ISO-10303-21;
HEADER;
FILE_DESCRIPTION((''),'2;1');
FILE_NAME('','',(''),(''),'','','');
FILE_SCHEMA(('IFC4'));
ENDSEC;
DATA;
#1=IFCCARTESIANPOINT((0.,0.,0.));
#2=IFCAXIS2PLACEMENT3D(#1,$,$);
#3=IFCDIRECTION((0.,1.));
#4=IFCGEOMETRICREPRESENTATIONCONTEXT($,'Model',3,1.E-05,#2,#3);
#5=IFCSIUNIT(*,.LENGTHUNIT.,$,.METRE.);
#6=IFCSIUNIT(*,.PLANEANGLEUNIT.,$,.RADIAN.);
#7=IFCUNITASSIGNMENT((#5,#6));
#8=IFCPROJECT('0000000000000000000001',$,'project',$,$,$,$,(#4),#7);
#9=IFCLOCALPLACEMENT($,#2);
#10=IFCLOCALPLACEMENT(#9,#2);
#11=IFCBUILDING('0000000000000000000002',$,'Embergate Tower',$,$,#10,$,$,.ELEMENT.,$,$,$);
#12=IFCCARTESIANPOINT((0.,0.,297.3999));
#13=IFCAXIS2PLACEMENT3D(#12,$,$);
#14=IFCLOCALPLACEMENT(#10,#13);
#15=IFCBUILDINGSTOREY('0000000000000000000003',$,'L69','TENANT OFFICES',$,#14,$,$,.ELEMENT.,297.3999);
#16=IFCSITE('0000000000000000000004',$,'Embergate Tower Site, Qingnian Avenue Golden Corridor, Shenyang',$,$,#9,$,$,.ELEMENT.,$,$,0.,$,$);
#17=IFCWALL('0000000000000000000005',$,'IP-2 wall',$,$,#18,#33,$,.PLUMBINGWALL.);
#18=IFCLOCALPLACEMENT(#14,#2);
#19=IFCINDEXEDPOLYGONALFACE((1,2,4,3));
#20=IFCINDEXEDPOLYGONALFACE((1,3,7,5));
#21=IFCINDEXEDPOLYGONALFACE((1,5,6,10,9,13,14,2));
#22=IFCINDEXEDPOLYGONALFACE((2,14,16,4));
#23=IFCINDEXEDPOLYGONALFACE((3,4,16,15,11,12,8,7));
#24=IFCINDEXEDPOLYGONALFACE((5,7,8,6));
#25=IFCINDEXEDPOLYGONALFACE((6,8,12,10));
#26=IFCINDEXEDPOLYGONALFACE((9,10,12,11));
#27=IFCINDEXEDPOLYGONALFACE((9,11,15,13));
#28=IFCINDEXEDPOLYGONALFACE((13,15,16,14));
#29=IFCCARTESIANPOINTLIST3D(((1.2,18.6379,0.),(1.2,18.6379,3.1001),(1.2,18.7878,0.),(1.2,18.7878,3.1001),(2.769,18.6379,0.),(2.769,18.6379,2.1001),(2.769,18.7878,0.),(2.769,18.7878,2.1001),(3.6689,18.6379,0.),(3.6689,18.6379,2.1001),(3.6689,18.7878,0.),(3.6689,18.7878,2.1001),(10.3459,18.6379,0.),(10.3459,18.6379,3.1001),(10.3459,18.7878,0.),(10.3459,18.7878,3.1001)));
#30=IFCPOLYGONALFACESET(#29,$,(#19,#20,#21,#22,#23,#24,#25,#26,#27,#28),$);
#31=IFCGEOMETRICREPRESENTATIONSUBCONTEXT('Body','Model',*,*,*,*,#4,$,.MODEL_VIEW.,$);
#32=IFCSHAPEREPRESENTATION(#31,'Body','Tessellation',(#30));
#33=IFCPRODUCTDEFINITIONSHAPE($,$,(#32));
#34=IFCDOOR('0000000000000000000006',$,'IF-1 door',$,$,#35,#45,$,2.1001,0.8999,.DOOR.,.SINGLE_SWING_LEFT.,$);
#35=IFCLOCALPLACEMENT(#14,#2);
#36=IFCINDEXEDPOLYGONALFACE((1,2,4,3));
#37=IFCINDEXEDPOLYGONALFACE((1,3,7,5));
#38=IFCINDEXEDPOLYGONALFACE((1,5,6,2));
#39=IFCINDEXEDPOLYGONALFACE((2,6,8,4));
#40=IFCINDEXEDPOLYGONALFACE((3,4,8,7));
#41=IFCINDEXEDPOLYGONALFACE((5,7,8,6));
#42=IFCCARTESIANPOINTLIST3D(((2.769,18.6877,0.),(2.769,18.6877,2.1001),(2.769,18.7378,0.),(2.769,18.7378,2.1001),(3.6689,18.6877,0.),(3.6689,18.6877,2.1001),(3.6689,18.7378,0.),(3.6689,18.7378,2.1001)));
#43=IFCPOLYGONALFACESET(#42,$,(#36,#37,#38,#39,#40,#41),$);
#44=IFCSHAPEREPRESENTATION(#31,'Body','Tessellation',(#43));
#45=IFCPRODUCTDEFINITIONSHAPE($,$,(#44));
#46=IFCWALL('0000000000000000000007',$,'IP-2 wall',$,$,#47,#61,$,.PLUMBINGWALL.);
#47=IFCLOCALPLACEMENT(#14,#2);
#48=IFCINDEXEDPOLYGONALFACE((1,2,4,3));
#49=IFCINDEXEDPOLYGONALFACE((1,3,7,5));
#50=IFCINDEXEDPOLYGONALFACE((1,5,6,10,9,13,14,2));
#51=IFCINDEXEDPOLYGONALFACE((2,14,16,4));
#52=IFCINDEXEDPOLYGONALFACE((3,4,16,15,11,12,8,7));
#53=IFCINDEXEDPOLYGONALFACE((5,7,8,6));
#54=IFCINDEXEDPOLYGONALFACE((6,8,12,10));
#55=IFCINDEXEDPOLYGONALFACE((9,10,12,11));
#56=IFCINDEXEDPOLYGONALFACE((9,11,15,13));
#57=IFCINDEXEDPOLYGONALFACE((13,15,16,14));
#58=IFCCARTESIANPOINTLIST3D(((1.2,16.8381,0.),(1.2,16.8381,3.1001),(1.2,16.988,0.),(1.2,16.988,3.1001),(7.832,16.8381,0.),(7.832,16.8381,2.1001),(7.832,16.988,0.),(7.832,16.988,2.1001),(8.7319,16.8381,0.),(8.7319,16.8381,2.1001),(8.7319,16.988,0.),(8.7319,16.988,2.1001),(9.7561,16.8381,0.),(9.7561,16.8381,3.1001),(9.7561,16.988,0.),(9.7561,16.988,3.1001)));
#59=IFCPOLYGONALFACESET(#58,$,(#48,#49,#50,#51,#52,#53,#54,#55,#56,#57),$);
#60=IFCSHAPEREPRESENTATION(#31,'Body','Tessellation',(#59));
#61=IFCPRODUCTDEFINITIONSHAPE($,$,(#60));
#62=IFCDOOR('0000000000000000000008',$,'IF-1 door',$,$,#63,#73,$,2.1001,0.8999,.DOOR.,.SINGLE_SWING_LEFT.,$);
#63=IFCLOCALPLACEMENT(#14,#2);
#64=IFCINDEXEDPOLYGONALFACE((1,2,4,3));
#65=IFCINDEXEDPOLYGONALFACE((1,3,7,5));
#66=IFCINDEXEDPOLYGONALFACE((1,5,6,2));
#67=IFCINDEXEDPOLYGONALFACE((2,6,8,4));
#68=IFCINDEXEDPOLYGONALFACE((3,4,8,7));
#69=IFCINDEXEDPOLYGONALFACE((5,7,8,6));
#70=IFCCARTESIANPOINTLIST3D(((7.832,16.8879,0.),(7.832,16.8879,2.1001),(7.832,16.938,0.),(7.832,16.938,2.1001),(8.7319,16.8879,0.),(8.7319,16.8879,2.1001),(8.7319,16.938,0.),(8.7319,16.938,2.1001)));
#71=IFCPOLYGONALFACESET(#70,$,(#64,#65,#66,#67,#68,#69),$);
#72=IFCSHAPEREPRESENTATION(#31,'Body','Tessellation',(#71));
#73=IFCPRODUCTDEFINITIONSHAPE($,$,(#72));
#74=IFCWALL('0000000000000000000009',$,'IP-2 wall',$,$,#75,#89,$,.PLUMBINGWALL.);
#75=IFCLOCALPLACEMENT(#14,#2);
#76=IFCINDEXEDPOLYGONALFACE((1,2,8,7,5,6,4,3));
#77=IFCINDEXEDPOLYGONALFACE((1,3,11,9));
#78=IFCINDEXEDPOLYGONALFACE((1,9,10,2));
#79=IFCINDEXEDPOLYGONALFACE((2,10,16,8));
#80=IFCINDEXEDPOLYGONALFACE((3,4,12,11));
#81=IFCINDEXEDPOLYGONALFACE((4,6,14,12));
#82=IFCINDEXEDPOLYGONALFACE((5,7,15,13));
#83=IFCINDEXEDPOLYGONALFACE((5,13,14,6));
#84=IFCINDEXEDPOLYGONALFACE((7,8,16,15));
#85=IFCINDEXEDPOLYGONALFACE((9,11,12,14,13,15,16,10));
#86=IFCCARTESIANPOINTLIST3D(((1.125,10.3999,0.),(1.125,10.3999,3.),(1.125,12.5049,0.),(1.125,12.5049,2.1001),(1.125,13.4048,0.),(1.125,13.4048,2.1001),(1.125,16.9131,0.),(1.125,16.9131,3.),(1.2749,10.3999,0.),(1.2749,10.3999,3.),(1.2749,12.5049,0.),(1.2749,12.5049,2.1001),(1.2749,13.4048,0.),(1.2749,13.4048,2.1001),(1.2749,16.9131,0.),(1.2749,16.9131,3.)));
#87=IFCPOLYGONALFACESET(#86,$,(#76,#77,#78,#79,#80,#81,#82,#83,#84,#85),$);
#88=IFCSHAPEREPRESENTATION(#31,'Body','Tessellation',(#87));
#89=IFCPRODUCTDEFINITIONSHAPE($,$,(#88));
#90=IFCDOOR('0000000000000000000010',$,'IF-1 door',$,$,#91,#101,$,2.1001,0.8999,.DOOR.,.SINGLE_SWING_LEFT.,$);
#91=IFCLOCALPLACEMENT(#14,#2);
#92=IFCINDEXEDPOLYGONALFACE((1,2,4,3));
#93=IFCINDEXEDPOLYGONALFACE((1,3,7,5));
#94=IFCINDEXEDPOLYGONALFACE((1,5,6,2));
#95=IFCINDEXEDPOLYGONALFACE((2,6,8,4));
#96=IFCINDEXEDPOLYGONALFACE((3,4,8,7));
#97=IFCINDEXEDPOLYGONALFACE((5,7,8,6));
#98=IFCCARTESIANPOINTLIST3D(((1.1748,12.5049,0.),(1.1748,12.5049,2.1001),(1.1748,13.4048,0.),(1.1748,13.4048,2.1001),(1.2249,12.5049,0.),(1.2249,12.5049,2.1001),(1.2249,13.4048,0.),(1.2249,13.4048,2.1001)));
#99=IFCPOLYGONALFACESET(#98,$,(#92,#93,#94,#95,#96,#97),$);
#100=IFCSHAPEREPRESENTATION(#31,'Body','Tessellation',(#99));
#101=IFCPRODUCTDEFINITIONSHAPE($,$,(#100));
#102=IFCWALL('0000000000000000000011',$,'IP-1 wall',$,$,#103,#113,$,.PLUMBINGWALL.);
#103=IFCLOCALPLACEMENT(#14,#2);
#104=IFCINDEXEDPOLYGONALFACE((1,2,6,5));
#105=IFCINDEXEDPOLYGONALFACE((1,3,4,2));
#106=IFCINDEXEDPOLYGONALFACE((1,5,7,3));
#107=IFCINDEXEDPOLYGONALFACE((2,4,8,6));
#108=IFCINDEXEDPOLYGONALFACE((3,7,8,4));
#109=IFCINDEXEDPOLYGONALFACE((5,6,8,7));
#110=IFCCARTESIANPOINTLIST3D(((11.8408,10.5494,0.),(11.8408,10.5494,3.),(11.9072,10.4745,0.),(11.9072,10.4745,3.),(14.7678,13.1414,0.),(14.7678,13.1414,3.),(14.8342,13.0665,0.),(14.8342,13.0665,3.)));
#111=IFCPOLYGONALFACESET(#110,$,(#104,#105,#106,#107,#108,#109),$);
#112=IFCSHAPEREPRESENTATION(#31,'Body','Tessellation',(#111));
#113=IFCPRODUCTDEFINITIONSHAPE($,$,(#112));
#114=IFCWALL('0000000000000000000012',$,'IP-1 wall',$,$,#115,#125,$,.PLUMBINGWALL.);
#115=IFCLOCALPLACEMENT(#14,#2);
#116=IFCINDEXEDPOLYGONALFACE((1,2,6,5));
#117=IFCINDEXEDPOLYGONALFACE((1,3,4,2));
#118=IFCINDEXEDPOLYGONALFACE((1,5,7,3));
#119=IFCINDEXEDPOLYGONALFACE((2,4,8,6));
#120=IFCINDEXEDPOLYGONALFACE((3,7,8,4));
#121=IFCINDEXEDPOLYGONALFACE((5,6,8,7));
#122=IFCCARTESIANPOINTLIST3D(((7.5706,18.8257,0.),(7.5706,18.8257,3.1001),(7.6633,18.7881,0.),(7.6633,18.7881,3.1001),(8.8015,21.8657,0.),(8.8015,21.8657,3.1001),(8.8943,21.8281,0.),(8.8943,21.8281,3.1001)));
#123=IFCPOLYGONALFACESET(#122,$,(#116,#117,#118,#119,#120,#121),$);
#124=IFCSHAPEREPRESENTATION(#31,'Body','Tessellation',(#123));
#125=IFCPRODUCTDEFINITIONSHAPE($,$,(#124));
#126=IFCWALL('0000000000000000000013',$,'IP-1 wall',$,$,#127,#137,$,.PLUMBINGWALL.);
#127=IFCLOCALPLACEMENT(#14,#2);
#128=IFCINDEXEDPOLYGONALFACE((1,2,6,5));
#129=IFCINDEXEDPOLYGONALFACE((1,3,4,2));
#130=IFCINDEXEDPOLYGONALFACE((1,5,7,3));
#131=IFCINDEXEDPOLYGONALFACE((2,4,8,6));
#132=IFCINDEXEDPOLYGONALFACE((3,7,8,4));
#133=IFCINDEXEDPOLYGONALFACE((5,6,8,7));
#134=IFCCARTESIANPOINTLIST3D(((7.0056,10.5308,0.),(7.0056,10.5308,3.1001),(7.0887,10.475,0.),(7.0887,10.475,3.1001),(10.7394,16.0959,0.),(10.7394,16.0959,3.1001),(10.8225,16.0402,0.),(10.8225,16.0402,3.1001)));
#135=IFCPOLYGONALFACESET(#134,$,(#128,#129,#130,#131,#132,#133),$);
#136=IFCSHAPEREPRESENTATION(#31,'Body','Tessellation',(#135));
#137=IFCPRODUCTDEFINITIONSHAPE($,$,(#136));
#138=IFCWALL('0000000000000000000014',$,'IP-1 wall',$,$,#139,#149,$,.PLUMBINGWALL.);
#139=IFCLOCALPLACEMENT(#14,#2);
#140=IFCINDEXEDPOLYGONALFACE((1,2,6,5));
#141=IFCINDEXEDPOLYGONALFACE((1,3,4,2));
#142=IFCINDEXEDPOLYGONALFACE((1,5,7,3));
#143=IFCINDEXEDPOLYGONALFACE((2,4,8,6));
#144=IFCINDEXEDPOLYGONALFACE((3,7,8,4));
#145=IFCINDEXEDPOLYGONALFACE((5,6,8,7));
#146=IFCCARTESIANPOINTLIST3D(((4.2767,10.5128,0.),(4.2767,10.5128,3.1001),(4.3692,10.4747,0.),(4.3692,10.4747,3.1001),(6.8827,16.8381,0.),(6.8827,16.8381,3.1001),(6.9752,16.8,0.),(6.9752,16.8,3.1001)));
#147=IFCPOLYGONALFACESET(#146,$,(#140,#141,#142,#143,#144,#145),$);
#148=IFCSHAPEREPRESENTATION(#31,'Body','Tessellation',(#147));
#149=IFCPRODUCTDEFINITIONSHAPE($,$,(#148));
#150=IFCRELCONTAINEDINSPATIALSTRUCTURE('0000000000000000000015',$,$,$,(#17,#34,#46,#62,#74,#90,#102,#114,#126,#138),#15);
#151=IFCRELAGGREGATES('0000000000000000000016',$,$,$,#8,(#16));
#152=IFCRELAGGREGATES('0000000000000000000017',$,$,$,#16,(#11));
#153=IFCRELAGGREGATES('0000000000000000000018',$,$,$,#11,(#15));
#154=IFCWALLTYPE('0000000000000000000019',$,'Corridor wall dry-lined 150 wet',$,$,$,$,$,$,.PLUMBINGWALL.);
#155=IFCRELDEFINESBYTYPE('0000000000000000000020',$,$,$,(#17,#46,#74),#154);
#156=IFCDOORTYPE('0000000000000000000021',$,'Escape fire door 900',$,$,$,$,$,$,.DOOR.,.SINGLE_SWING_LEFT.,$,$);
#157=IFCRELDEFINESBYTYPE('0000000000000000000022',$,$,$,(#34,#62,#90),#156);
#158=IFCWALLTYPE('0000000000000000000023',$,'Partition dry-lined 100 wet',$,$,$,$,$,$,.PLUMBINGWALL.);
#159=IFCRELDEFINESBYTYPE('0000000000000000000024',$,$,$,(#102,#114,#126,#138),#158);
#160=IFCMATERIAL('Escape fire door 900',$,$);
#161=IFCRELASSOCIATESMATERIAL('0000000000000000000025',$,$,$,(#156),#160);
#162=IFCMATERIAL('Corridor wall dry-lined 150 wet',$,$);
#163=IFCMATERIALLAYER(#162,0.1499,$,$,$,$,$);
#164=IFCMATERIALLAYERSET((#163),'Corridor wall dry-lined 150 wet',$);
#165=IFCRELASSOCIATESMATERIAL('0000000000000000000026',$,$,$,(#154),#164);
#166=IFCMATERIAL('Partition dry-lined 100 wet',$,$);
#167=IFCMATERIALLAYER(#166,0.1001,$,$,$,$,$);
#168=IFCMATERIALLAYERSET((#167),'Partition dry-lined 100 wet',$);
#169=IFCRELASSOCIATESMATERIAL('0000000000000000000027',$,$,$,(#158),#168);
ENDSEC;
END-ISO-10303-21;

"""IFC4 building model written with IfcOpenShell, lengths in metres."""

from ifc_helpers import new_model, si_unit, direction, frame, frame_2d, origin, place, context, subcontext, project, spatial, rectangle, extrude, source, transform, mapped, material, layer, layer_set, type_object, element, fill, save


model = new_model("IFC4")

# Units and contexts
model_context = context("Model", 3, precision=1e-05, world=origin(), true_north=direction((0.0, 1.0)))
body_context = subcontext(model_context, "Body", "Model", "MODEL_VIEW")
ifc_project = project(units=[si_unit("LENGTHUNIT", "METRE"), si_unit("PLANEANGLEUNIT", "RADIAN")], contexts=[model_context])

# Site, building, storey
site_placement = place(None, origin())
site = spatial("IfcSite", under=ifc_project, at=site_placement, Name="Embergate Tower Site, Qingnian Avenue Golden Corridor, Shenyang", CompositionType="ELEMENT", RefElevation=0.0)
building_placement = place(site_placement, origin())
building = spatial("IfcBuilding", under=site, at=building_placement, Name="Embergate Tower", CompositionType="ELEMENT")
storey_placement = place(building_placement, frame((0.0, 0.0, 297.3999)))
storey = spatial("IfcBuildingStorey", under=building, at=storey_placement, Name="L69", Description="TENANT OFFICES", CompositionType="ELEMENT", Elevation=297.3999)

# Shared definitions
shared_shape_1 = source(origin(), body_context, "Body", "SweptSolid", [
    extrude(rectangle(XDim=0.8999, YDim=2.1001, at=frame_2d((0.45, 1.05))), frame((0.0, 0.085, 0.0), z_axis=(0.0, -1.0, 0.0), x_axis=(1.0, 0.0, 0.0)), (0.0, 0.0, 1.0), 0.1699),
])
ifc_material_1 = material(Name="Escape fire door 900")
door_type_1 = type_object("IfcDoorType", Name="Escape fire door 900", OperationType="SINGLE_SWING_LEFT", PredefinedType="DOOR", material=ifc_material_1)
shared_shape_2 = source(origin(), body_context, "Body", "SweptSolid", [
    extrude(rectangle(XDim=0.8999, YDim=2.1001, at=frame_2d((0.45, 1.05))), frame((0.0, 0.0249, 0.0), z_axis=(0.0, -1.0, 0.0), x_axis=(1.0, 0.0, 0.0)), (0.0, 0.0, 1.0), 0.05),
])

# Walls, openings, doors
ifc_material_2 = material(Name="Corridor wall dry-lined 150 wet")
ifc_layer_1 = layer(ifc_material_2, 0.1499)
ifc_layer_set_1 = layer_set([ifc_layer_1], Name="Corridor wall dry-lined 150 wet")
wall_type_1 = type_object("IfcWallType", Name="Corridor wall dry-lined 150 wet", PredefinedType="PLUMBINGWALL", material=ifc_layer_set_1)
shared_shape_3 = source(origin(), body_context, "Body", "SweptSolid", [
    extrude(rectangle(XDim=9.146, YDim=0.1499, at=frame_2d((4.573, 0.0))), origin(), (0.0, 0.0, 1.0), 3.1001),
])
wall_1_placement = place(storey_placement, frame((1.2, 18.7129, 0.0), z_axis=(0.0, 0.0, 1.0), x_axis=(1.0, 0.0, 0.0)))
wall_1 = element("IfcWall", 1, at=wall_1_placement, inside=storey, type_object=wall_type_1, Name="IP-2 wall", PredefinedType="PLUMBINGWALL", context=body_context, shape_type="MappedRepresentation", body=[
    mapped(shared_shape_3, transform((0.0, 0.0, 0.0))),
])
opening_1_placement = place(wall_1_placement, frame((1.5691, 0.0, 0.0)))
opening_1 = element("IfcOpeningElement", 2, at=opening_1_placement, cuts=wall_1, PredefinedType="OPENING", context=body_context, shape_type="MappedRepresentation", body=[
    mapped(shared_shape_1, transform((0.0, 0.0, 0.0))),
])
door_1_placement = place(opening_1_placement, origin())
door_1 = element("IfcDoor", 3, at=door_1_placement, inside=storey, type_object=door_type_1, Name="IF-1 door", OperationType="SINGLE_SWING_LEFT", OverallHeight=2.1001, OverallWidth=0.8999, PredefinedType="DOOR", context=body_context, shape_type="MappedRepresentation", body=[
    mapped(shared_shape_2, transform((0.0, 0.0, 0.0))),
])
fill(opening_1, door_1)
shared_shape_4 = source(origin(), body_context, "Body", "SweptSolid", [
    extrude(rectangle(XDim=8.5562, YDim=0.1499, at=frame_2d((4.2781, 0.0))), origin(), (0.0, 0.0, 1.0), 3.1001),
])
wall_2_placement = place(storey_placement, frame((1.2, 16.9131, 0.0), z_axis=(0.0, 0.0, 1.0), x_axis=(1.0, 0.0, 0.0)))
wall_2 = element("IfcWall", 4, at=wall_2_placement, inside=storey, type_object=wall_type_1, Name="IP-2 wall", PredefinedType="PLUMBINGWALL", context=body_context, shape_type="MappedRepresentation", body=[
    mapped(shared_shape_4, transform((0.0, 0.0, 0.0))),
])
opening_2_placement = place(wall_2_placement, frame((6.6321, 0.0, 0.0)))
opening_2 = element("IfcOpeningElement", 5, at=opening_2_placement, cuts=wall_2, PredefinedType="OPENING", context=body_context, shape_type="MappedRepresentation", body=[
    mapped(shared_shape_1, transform((0.0, 0.0, 0.0))),
])
door_2_placement = place(opening_2_placement, origin())
door_2 = element("IfcDoor", 6, at=door_2_placement, inside=storey, type_object=door_type_1, Name="IF-1 door", OperationType="SINGLE_SWING_LEFT", OverallHeight=2.1001, OverallWidth=0.8999, PredefinedType="DOOR", context=body_context, shape_type="MappedRepresentation", body=[
    mapped(shared_shape_2, transform((0.0, 0.0, 0.0))),
])
fill(opening_2, door_2)
shared_shape_5 = source(origin(), body_context, "Body", "SweptSolid", [
    extrude(rectangle(XDim=6.5132, YDim=0.1499, at=frame_2d((3.2566, 0.0))), origin(), (0.0, 0.0, 1.0), 3.0),
])
wall_3_placement = place(storey_placement, frame((1.2, 16.9131, 0.0), z_axis=(0.0, 0.0, 1.0), x_axis=(0.0, -1.0, 0.0)))
wall_3 = element("IfcWall", 7, at=wall_3_placement, inside=storey, type_object=wall_type_1, Name="IP-2 wall", PredefinedType="PLUMBINGWALL", context=body_context, shape_type="MappedRepresentation", body=[
    mapped(shared_shape_5, transform((0.0, 0.0, 0.0))),
])
opening_3_placement = place(wall_3_placement, frame((3.5083, 0.0, 0.0)))
opening_3 = element("IfcOpeningElement", 8, at=opening_3_placement, cuts=wall_3, PredefinedType="OPENING", context=body_context, shape_type="MappedRepresentation", body=[
    mapped(shared_shape_1, transform((0.0, 0.0, 0.0))),
])
door_3_placement = place(opening_3_placement, origin())
door_3 = element("IfcDoor", 9, at=door_3_placement, inside=storey, type_object=door_type_1, Name="IF-1 door", OperationType="SINGLE_SWING_LEFT", OverallHeight=2.1001, OverallWidth=0.8999, PredefinedType="DOOR", context=body_context, shape_type="MappedRepresentation", body=[
    mapped(shared_shape_2, transform((0.0, 0.0, 0.0))),
])
fill(opening_3, door_3)

# Walls
ifc_material_3 = material(Name="Partition dry-lined 100 wet")
ifc_layer_2 = layer(ifc_material_3, 0.1001)
ifc_layer_set_2 = layer_set([ifc_layer_2], Name="Partition dry-lined 100 wet")
wall_type_2 = type_object("IfcWallType", Name="Partition dry-lined 100 wet", PredefinedType="PLUMBINGWALL", material=ifc_layer_set_2)
shared_shape_6 = source(origin(), body_context, "Body", "SweptSolid", [
    extrude(rectangle(XDim=3.9097, YDim=0.1001, at=frame_2d((1.9548, 0.0))), origin(), (0.0, 0.0, 1.0), 3.0),
])
wall_4_placement = place(storey_placement, frame((11.874, 10.512, 0.0), z_axis=(0.0, 0.0, 1.0), x_axis=(0.748645, 0.662971, 0.0)))
element("IfcWall", 10, at=wall_4_placement, inside=storey, type_object=wall_type_2, Name="IP-1 wall", PredefinedType="PLUMBINGWALL", context=body_context, shape_type="MappedRepresentation", body=[
    mapped(shared_shape_6, transform((0.0, 0.0, 0.0))),
])
shared_shape_7 = source(origin(), body_context, "Body", "SweptSolid", [
    extrude(rectangle(XDim=3.2798, YDim=0.1001, at=frame_2d((1.6399, 0.0))), origin(), (0.0, 0.0, 1.0), 3.1001),
])
wall_5_placement = place(storey_placement, frame((7.6169, 18.8069, 0.0), z_axis=(0.0, 0.0, 1.0), x_axis=(0.375315, 0.926897, 0.0)))
element("IfcWall", 11, at=wall_5_placement, inside=storey, type_object=wall_type_2, Name="IP-1 wall", PredefinedType="PLUMBINGWALL", context=body_context, shape_type="MappedRepresentation", body=[
    mapped(shared_shape_7, transform((0.0, 0.0, 0.0))),
])
shared_shape_8 = source(origin(), body_context, "Body", "SweptSolid", [
    extrude(rectangle(XDim=6.7017, YDim=0.1001, at=frame_2d((3.3508, 0.0))), origin(), (0.0, 0.0, 1.0), 3.1001),
])
wall_6_placement = place(storey_placement, frame((7.0471, 10.5029, 0.0), z_axis=(0.0, 0.0, 1.0), x_axis=(0.557153, 0.83041, 0.0)))
element("IfcWall", 12, at=wall_6_placement, inside=storey, type_object=wall_type_2, Name="IP-1 wall", PredefinedType="PLUMBINGWALL", context=body_context, shape_type="MappedRepresentation", body=[
    mapped(shared_shape_8, transform((0.0, 0.0, 0.0))),
])
shared_shape_9 = source(origin(), body_context, "Body", "SweptSolid", [
    extrude(rectangle(XDim=6.8411, YDim=0.1001, at=frame_2d((3.4204, 0.0))), origin(), (0.0, 0.0, 1.0), 3.1001),
])
wall_7_placement = place(storey_placement, frame((4.323, 10.4939, 0.0), z_axis=(0.0, 0.0, 1.0), x_axis=(0.380933, 0.924603, 0.0)))
element("IfcWall", 13, at=wall_7_placement, inside=storey, type_object=wall_type_2, Name="IP-1 wall", PredefinedType="PLUMBINGWALL", context=body_context, shape_type="MappedRepresentation", body=[
    mapped(shared_shape_9, transform((0.0, 0.0, 0.0))),
])

save(model, "model.ifc")
